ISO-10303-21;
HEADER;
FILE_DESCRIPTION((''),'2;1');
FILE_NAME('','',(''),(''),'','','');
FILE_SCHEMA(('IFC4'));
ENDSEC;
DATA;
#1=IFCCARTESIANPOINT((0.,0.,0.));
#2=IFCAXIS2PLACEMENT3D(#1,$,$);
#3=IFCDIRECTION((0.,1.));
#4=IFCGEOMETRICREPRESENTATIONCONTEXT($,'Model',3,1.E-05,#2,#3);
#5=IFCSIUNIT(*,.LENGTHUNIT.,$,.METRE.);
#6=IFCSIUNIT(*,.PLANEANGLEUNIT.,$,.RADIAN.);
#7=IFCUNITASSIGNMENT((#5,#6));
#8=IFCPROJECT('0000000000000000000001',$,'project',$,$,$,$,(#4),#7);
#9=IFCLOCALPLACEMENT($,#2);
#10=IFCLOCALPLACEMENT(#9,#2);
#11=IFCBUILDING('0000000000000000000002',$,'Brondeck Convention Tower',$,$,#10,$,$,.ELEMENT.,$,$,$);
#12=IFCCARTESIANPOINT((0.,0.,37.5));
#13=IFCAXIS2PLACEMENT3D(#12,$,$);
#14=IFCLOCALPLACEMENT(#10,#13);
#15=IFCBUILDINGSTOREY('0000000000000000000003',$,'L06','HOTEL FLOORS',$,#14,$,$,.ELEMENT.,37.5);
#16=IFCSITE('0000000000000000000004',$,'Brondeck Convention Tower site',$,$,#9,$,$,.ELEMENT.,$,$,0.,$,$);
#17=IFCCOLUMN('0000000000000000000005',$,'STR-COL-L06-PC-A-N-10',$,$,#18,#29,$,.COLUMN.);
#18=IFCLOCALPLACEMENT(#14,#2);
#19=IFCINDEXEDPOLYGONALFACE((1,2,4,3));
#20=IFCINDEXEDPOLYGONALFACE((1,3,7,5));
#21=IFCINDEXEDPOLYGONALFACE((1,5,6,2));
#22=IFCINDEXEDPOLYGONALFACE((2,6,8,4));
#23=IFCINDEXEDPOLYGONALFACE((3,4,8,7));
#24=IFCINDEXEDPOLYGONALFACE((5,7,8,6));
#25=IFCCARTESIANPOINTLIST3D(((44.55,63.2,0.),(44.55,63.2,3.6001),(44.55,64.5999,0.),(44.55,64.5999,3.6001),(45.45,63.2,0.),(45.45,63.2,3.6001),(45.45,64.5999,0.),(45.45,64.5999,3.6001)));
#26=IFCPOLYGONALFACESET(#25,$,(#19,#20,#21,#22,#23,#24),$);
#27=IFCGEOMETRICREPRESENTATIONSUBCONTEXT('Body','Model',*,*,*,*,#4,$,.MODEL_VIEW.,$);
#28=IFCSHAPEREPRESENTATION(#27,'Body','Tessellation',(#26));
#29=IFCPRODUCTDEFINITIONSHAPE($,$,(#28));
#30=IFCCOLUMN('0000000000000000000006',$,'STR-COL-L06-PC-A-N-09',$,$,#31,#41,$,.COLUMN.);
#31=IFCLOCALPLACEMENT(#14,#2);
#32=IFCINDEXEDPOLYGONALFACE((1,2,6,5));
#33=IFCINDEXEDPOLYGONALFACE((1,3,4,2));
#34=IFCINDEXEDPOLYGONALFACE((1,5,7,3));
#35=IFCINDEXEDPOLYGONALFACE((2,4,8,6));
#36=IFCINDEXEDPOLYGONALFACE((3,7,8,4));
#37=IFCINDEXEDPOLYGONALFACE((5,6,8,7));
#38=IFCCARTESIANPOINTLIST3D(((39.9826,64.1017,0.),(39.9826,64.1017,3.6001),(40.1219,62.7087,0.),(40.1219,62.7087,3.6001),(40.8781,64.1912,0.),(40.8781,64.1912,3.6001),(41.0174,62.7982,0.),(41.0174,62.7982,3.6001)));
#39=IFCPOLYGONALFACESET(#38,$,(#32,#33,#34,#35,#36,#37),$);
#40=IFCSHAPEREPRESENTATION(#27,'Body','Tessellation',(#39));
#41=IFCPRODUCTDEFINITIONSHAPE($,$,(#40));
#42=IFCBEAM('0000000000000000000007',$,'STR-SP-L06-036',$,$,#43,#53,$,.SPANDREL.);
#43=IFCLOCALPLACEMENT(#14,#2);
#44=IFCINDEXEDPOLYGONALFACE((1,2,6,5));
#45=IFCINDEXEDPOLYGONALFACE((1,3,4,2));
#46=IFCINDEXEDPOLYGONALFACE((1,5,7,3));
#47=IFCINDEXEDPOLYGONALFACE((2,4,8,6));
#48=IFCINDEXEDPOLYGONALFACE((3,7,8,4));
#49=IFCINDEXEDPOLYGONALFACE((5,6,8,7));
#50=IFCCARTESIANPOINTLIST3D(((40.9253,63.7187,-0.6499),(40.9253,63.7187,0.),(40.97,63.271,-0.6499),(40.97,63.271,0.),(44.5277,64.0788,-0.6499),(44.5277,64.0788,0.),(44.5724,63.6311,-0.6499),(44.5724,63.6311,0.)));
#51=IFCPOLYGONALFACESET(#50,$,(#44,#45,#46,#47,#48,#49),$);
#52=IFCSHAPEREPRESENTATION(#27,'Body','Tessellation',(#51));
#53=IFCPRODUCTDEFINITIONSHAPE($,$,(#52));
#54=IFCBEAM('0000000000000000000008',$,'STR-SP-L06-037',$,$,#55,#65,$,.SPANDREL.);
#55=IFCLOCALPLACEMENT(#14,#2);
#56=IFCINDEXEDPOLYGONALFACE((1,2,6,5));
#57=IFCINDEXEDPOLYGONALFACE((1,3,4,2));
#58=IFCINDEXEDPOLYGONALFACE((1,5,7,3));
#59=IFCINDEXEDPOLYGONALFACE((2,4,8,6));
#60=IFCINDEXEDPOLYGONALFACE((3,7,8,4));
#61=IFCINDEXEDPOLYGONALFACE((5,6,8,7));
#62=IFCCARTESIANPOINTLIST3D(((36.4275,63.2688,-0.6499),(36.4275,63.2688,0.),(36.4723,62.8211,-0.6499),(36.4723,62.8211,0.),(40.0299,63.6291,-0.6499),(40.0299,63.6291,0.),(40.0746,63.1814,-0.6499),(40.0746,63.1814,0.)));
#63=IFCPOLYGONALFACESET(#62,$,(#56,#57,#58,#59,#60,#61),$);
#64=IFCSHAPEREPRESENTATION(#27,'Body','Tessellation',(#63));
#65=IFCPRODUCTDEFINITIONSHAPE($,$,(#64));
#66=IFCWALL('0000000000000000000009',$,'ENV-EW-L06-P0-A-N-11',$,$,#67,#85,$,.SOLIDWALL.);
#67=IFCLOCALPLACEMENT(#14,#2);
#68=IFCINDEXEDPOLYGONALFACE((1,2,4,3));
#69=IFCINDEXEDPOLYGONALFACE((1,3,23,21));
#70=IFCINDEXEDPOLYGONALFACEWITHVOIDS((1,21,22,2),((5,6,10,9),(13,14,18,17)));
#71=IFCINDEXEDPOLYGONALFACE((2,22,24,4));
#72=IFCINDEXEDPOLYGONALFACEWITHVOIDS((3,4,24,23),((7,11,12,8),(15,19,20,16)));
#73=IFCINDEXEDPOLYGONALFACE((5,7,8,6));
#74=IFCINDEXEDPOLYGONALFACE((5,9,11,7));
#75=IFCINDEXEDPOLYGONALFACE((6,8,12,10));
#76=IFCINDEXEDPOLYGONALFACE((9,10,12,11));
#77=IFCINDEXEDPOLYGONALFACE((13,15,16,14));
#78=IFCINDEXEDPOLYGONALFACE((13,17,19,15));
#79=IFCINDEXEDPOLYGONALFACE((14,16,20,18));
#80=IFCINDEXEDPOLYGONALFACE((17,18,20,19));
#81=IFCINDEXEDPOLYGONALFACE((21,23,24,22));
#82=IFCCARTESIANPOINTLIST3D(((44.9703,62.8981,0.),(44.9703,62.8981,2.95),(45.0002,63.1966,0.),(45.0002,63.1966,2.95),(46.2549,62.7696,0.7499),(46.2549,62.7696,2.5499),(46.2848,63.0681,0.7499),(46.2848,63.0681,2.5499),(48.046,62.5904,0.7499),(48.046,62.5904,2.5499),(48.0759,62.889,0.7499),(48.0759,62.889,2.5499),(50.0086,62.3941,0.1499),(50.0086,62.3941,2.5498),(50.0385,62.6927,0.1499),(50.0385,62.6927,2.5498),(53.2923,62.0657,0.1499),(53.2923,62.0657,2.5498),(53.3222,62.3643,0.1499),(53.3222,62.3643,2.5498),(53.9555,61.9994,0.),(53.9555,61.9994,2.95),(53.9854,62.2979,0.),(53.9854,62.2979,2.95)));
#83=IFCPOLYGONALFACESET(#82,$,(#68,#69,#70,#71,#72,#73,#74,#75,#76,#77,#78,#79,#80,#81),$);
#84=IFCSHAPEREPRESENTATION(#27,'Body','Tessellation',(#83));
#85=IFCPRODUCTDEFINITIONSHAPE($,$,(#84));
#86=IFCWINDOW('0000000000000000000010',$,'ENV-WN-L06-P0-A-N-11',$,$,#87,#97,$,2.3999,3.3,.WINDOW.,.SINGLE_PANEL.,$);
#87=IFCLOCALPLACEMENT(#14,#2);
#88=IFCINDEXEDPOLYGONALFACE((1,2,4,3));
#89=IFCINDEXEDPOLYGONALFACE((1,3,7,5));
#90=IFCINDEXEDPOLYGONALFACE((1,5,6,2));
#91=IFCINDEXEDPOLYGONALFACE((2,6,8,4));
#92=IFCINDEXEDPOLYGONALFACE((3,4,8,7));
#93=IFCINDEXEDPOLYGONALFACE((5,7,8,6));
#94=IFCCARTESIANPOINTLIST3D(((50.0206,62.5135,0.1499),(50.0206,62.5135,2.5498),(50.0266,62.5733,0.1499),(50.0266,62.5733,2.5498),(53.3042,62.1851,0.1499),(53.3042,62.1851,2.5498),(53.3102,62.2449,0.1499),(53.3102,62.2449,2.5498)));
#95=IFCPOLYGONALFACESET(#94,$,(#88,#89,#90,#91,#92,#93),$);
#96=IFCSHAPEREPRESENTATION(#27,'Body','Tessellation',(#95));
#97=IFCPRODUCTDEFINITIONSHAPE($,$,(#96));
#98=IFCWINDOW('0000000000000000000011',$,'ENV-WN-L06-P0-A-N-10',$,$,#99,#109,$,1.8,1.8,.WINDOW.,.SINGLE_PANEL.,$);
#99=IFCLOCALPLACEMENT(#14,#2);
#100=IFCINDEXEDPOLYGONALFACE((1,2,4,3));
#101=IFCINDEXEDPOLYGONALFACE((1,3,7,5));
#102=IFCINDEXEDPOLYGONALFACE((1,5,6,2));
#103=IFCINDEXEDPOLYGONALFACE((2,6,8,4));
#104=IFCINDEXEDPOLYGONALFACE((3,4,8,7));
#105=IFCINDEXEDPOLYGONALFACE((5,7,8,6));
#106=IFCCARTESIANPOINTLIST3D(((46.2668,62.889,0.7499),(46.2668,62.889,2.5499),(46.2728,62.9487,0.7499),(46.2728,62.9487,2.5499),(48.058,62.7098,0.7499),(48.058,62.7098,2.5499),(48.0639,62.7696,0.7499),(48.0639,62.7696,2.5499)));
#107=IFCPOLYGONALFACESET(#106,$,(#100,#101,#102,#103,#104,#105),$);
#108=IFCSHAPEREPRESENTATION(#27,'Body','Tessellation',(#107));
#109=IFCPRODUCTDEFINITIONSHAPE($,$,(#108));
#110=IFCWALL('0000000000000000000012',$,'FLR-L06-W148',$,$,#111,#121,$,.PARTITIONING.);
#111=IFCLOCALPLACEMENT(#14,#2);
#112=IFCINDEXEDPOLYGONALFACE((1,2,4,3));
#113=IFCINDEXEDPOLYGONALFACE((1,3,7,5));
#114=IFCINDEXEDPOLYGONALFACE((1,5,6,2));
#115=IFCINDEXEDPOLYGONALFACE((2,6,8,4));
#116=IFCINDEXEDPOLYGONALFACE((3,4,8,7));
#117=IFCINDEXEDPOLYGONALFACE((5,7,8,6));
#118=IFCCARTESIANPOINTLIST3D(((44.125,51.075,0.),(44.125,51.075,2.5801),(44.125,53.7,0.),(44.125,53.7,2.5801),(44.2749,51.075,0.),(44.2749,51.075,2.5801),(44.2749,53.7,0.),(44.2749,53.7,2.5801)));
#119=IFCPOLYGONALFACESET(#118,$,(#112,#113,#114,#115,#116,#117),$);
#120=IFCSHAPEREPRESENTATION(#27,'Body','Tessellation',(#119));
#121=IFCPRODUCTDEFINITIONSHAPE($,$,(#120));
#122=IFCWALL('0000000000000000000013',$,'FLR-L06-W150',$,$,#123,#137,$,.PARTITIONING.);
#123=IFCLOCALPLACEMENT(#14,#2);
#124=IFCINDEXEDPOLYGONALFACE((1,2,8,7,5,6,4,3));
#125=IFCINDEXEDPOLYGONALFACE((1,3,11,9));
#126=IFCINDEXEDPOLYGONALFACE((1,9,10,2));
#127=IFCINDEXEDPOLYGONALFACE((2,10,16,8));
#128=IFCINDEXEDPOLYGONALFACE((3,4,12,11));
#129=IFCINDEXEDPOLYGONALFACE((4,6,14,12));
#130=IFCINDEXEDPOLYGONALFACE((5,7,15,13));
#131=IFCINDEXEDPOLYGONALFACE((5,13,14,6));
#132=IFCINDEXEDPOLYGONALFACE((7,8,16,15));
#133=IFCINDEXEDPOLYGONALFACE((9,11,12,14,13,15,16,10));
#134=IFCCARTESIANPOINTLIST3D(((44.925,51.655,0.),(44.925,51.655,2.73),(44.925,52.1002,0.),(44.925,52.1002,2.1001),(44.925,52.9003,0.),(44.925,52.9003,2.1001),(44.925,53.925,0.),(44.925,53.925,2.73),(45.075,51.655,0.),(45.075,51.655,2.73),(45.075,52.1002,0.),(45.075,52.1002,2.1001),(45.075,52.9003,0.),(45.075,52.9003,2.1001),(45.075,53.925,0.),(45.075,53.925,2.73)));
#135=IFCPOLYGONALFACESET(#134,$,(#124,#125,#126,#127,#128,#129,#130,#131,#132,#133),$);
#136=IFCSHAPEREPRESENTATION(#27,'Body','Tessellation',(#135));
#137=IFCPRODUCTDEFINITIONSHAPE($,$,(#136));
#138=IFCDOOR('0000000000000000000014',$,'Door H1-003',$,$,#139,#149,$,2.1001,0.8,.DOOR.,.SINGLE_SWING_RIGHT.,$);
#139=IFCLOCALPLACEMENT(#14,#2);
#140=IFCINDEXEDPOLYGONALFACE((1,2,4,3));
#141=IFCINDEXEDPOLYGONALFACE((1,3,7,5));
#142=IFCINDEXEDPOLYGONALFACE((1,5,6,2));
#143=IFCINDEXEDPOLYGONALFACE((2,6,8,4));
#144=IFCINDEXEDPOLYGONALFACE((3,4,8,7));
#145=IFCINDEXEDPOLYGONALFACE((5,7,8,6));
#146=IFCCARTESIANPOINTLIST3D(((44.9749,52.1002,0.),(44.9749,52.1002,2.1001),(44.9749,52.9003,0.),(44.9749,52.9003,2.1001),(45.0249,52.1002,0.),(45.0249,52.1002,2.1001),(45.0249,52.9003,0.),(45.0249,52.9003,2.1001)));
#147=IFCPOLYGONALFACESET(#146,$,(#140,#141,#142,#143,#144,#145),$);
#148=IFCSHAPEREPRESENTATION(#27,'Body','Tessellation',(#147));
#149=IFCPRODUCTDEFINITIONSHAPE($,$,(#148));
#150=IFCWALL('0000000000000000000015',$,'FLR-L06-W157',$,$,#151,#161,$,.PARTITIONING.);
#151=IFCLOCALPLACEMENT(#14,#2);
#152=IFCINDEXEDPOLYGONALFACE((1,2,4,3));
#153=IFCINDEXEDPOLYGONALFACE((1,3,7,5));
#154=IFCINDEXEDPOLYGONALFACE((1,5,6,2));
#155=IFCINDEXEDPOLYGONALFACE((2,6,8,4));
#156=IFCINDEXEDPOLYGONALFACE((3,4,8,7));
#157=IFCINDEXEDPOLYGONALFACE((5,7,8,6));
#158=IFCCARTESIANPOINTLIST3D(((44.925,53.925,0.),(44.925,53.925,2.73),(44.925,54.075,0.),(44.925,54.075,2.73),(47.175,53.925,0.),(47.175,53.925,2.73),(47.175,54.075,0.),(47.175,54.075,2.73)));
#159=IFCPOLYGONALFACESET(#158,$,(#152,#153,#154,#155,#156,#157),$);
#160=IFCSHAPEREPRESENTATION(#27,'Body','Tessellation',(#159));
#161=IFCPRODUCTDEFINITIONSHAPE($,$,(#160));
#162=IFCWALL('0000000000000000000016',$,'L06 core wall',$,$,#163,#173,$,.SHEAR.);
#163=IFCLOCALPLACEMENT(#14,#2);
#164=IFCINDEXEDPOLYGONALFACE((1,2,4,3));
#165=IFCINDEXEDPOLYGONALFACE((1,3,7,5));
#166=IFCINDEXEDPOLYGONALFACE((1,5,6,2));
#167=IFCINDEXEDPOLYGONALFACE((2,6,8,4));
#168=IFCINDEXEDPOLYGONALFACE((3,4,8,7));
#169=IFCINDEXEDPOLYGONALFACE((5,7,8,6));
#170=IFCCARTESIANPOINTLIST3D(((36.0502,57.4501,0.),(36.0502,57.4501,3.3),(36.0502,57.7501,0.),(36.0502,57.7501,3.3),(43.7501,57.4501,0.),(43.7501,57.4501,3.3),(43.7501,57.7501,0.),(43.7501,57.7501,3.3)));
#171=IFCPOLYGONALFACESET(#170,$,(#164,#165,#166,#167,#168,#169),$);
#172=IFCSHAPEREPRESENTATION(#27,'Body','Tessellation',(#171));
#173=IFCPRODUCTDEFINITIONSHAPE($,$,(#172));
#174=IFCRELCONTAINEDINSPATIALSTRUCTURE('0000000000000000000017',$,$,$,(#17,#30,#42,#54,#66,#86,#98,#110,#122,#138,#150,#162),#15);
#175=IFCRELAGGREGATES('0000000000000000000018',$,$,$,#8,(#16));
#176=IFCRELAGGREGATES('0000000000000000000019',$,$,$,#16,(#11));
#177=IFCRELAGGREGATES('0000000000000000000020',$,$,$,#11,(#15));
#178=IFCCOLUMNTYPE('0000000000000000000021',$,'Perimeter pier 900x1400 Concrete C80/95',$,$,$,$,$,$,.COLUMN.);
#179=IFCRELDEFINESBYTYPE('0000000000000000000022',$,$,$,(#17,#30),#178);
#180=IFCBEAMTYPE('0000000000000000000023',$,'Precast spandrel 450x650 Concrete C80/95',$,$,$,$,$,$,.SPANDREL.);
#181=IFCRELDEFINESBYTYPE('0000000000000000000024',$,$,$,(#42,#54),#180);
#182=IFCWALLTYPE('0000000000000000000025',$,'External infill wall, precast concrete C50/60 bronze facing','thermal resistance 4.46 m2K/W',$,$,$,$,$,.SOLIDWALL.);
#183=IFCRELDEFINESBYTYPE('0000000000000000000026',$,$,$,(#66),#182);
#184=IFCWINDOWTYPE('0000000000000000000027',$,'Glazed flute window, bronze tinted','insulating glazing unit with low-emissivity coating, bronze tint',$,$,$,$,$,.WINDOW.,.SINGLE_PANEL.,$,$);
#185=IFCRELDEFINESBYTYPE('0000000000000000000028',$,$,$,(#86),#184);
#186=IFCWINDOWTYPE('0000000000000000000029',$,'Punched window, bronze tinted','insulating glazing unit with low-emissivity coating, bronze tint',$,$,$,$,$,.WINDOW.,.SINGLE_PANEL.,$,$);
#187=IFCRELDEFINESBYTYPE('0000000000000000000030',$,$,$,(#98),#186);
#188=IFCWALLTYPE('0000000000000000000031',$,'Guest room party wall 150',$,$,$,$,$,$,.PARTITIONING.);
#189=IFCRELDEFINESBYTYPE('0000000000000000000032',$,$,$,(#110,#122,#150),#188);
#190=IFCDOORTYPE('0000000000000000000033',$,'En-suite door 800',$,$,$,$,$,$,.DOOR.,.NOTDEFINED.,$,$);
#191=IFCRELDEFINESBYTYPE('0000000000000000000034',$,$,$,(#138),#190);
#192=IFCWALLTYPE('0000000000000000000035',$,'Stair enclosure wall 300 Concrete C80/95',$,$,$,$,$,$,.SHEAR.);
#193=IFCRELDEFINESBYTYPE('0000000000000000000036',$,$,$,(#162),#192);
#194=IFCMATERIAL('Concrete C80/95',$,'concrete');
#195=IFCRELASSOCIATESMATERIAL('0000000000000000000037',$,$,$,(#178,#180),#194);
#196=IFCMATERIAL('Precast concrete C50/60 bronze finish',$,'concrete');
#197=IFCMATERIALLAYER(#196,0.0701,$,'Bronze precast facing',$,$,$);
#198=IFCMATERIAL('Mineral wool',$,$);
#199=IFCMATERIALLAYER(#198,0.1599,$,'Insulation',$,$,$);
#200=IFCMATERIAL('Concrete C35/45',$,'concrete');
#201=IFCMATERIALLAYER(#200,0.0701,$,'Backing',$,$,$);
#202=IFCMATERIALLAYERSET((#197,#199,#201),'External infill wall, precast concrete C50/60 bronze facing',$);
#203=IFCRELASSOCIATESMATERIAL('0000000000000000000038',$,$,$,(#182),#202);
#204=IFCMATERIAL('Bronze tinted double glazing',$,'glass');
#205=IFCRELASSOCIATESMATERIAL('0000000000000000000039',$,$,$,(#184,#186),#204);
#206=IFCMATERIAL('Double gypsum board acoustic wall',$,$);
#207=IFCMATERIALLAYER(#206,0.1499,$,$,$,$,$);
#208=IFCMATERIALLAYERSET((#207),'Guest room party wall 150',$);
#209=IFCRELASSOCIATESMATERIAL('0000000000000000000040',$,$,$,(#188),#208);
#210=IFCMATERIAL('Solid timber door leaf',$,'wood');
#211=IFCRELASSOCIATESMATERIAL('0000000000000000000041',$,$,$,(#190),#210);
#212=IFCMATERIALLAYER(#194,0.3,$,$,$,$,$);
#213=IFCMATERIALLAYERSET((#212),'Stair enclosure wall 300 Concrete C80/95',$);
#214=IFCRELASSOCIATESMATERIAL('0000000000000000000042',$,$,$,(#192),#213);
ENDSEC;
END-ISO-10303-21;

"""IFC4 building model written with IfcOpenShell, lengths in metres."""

from ifc_helpers import new_model, si_unit, direction, frame, frame_2d, origin, origin_2d, place, context, subcontext, project, spatial, rectangle, extrude, material, layer, layer_set, material_profile, profile_set, type_object, element, fill, save


model = new_model("IFC4")

# Units and contexts
model_context = context("Model", 3, precision=1e-05, world=origin(), true_north=direction((0.0, 1.0)))
body_context = subcontext(model_context, "Body", "Model", "MODEL_VIEW")
ifc_project = project(units=[si_unit("LENGTHUNIT", "METRE"), si_unit("PLANEANGLEUNIT", "RADIAN")], contexts=[model_context])

# Site, building, storey
site_placement = place(None, origin())
site = spatial("IfcSite", under=ifc_project, at=site_placement, Name="Brondeck Convention Tower site", CompositionType="ELEMENT", RefElevation=0.0)
building_placement = place(site_placement, origin())
building = spatial("IfcBuilding", under=site, at=building_placement, Name="Brondeck Convention Tower", CompositionType="ELEMENT")
storey_placement = place(building_placement, frame((0.0, 0.0, 37.5)))
storey = spatial("IfcBuildingStorey", under=building, at=storey_placement, Name="L06", Description="HOTEL FLOORS", CompositionType="ELEMENT", Elevation=37.5)

# Columns
ifc_material_1 = material(Name="Concrete C80/95", Category="concrete")
ifc_material_profile_1 = material_profile(ifc_material_1, rectangle(XDim=0.8999, YDim=1.3999, at=origin_2d()), Name="Perimeter pier 900x1400 Concrete C80/95")
ifc_profile_set_1 = profile_set([ifc_material_profile_1], Name="Concrete C80/95")
column_type = type_object("IfcColumnType", Name="Perimeter pier 900x1400 Concrete C80/95", PredefinedType="COLUMN", material=ifc_profile_set_1)
for number, where, z_axis, x_axis, name in (
    (1, (45.0, 63.8999, 0.0), (0.0, 0.0, 1.0), (-1.0, 0.0, 0.0), "STR-COL-L06-PC-A-N-10"),
    (2, (40.5, 63.45, 0.0), (0.0, 0.0, 1.0), (-0.995037, -0.099504, 0.0), "STR-COL-L06-PC-A-N-09"),
):
    element("IfcColumn", number, at=place(storey_placement, frame(where, z_axis=z_axis, x_axis=x_axis)), inside=storey, type_object=column_type, Name=name, PredefinedType="COLUMN", context=body_context, shape_type="SweptSolid", body=[
        extrude(rectangle(XDim=0.8999, YDim=1.3999, at=origin_2d()), origin(), (0.0, 0.0, 1.0), 3.6001),
    ])

# Beams
ifc_material_profile_2 = material_profile(ifc_material_1, rectangle(XDim=0.45, YDim=0.6499, at=origin_2d()), Name="Precast spandrel 450x650 Concrete C80/95")
ifc_profile_set_2 = profile_set([ifc_material_profile_2], Name="Concrete C80/95")
beam_type = type_object("IfcBeamType", Name="Precast spandrel 450x650 Concrete C80/95", PredefinedType="SPANDREL", material=ifc_profile_set_2)
for number, where, z_axis, x_axis, name in (
    (3, (44.55, 63.855, -0.325), (-0.995041, -0.09947, 0.0), (0.09947, -0.995041, 0.0), "STR-SP-L06-036"),
    (4, (40.0522, 63.4053, -0.325), (-0.995034, -0.099537, 0.0), (0.099537, -0.995034, 0.0), "STR-SP-L06-037"),
):
    element("IfcBeam", number, at=place(storey_placement, frame(where, z_axis=z_axis, x_axis=x_axis)), inside=storey, type_object=beam_type, Name=name, PredefinedType="SPANDREL", context=body_context, shape_type="SweptSolid", body=[
        extrude(rectangle(XDim=0.45, YDim=0.6499, at=origin_2d()), origin(), (0.0, 0.0, 1.0), 3.6204),
    ])

# Wall, openings, windows
ifc_material_2 = material(Name="Precast concrete C50/60 bronze finish", Category="concrete")
ifc_layer_1 = layer(ifc_material_2, 0.0701, Name="Bronze precast facing")
ifc_material_3 = material(Name="Mineral wool")
ifc_layer_2 = layer(ifc_material_3, 0.1599, Name="Insulation")
ifc_material_4 = material(Name="Concrete C35/45", Category="concrete")
ifc_layer_3 = layer(ifc_material_4, 0.0701, Name="Backing")
ifc_layer_set_1 = layer_set([ifc_layer_1, ifc_layer_2, ifc_layer_3], Name="External infill wall, precast concrete C50/60 bronze facing")
wall_type_1 = type_object("IfcWallType", Name="External infill wall, precast concrete C50/60 bronze facing", Description="thermal resistance 4.46 m2K/W", PredefinedType="SOLIDWALL", material=ifc_layer_set_1)
wall_1_placement = place(storey_placement, frame((44.9851, 63.0474, 0.0), z_axis=(0.0, 0.0, 1.0), x_axis=(0.995035, -0.099522, 0.0)))
wall_1 = element("IfcWall", 5, at=wall_1_placement, inside=storey, type_object=wall_type_1, Name="ENV-EW-L06-P0-A-N-11", PredefinedType="SOLIDWALL", context=body_context, shape_type="SweptSolid", body=[
    extrude(rectangle(XDim=9.03, YDim=0.3, at=frame_2d((4.5151, 0.0))), origin(), (0.0, 0.0, 1.0), 2.95),
])
opening_1_placement = place(wall_1_placement, frame((1.2913, 0.0, 0.75)))
opening_1 = element("IfcOpeningElement", 6, at=opening_1_placement, cuts=wall_1, PredefinedType="OPENING", context=body_context, shape_type="SweptSolid", body=[
    extrude(rectangle(XDim=1.8, YDim=1.8, at=frame_2d((0.8999, 0.8999))), frame((0.0, 0.1599, 0.0), z_axis=(0.0, -1.0, 0.0), x_axis=(1.0, 0.0, 0.0)), (0.0, 0.0, 1.0), 0.3201),
])
opening_2_placement = place(wall_1_placement, frame((5.0637, 0.0, 0.1499)))
opening_2 = element("IfcOpeningElement", 7, at=opening_2_placement, cuts=wall_1, PredefinedType="OPENING", context=body_context, shape_type="SweptSolid", body=[
    extrude(rectangle(XDim=3.3, YDim=2.3999, at=frame_2d((1.6499, 1.2))), frame((0.0, 0.1599, 0.0), z_axis=(0.0, -1.0, 0.0), x_axis=(1.0, 0.0, 0.0)), (0.0, 0.0, 1.0), 0.3201),
])
ifc_material_5 = material(Name="Bronze tinted double glazing", Category="glass")
window_type_1 = type_object("IfcWindowType", Name="Glazed flute window, bronze tinted", Description="insulating glazing unit with low-emissivity coating, bronze tint", PartitioningType="SINGLE_PANEL", PredefinedType="WINDOW", material=ifc_material_5)
window_1_placement = place(opening_2_placement, origin())
window_1 = element("IfcWindow", 8, at=window_1_placement, inside=storey, type_object=window_type_1, Name="ENV-WN-L06-P0-A-N-11", OverallHeight=2.3999, OverallWidth=3.3, PartitioningType="SINGLE_PANEL", PredefinedType="WINDOW", context=body_context, shape_type="SweptSolid", body=[
    extrude(rectangle(XDim=3.3, YDim=2.3999, at=frame_2d((1.6499, 1.2))), frame((0.0, 0.03, 0.0), z_axis=(0.0, -1.0, 0.0), x_axis=(1.0, 0.0, 0.0)), (0.0, 0.0, 1.0), 0.0601),
])
fill(opening_2, window_1)
window_type_2 = type_object("IfcWindowType", Name="Punched window, bronze tinted", Description="insulating glazing unit with low-emissivity coating, bronze tint", PartitioningType="SINGLE_PANEL", PredefinedType="WINDOW", material=ifc_material_5)
window_2_placement = place(opening_1_placement, origin())
window_2 = element("IfcWindow", 9, at=window_2_placement, inside=storey, type_object=window_type_2, Name="ENV-WN-L06-P0-A-N-10", OverallHeight=1.8, OverallWidth=1.8, PartitioningType="SINGLE_PANEL", PredefinedType="WINDOW", context=body_context, shape_type="SweptSolid", body=[
    extrude(rectangle(XDim=1.8, YDim=1.8, at=frame_2d((0.8999, 0.8999))), frame((0.0, 0.03, 0.0), z_axis=(0.0, -1.0, 0.0), x_axis=(1.0, 0.0, 0.0)), (0.0, 0.0, 1.0), 0.0601),
])
fill(opening_1, window_2)

# Wall
ifc_material_6 = material(Name="Double gypsum board acoustic wall")
ifc_layer_4 = layer(ifc_material_6, 0.1499)
ifc_layer_set_2 = layer_set([ifc_layer_4], Name="Guest room party wall 150")
wall_type_2 = type_object("IfcWallType", Name="Guest room party wall 150", PredefinedType="PARTITIONING", material=ifc_layer_set_2)
wall_2_placement = place(storey_placement, frame((44.2, 53.7, 0.0), z_axis=(0.0, 0.0, 1.0), x_axis=(0.0, -1.0, 0.0)))
element("IfcWall", 10, at=wall_2_placement, inside=storey, type_object=wall_type_2, Name="FLR-L06-W148", PredefinedType="PARTITIONING", context=body_context, shape_type="SweptSolid", body=[
    extrude(rectangle(XDim=2.625, YDim=0.1499, at=frame_2d((1.3125, 0.0))), origin(), (0.0, 0.0, 1.0), 2.5801),
])

# Wall, opening, door
wall_3_placement = place(storey_placement, frame((45.0, 53.925, 0.0), z_axis=(0.0, 0.0, 1.0), x_axis=(0.0, -1.0, 0.0)))
wall_3 = element("IfcWall", 11, at=wall_3_placement, inside=storey, type_object=wall_type_2, Name="FLR-L06-W150", PredefinedType="PARTITIONING", context=body_context, shape_type="SweptSolid", body=[
    extrude(rectangle(XDim=2.27, YDim=0.1499, at=frame_2d((1.135, 0.0))), origin(), (0.0, 0.0, 1.0), 2.73),
])
opening_3_placement = place(wall_3_placement, frame((1.0249, 0.0, 0.0)))
opening_3 = element("IfcOpeningElement", 12, at=opening_3_placement, cuts=wall_3, PredefinedType="OPENING", context=body_context, shape_type="SweptSolid", body=[
    extrude(rectangle(XDim=0.8, YDim=2.1001, at=frame_2d((0.3999, 1.05))), frame((0.0, 0.085, 0.0), z_axis=(0.0, -1.0, 0.0), x_axis=(1.0, 0.0, 0.0)), (0.0, 0.0, 1.0), 0.1699),
])
ifc_material_7 = material(Name="Solid timber door leaf", Category="wood")
door_type = type_object("IfcDoorType", Name="En-suite door 800", OperationType="NOTDEFINED", PredefinedType="DOOR", material=ifc_material_7)
door_placement = place(opening_3_placement, origin())
door = element("IfcDoor", 13, at=door_placement, inside=storey, type_object=door_type, Name="Door H1-003", OperationType="SINGLE_SWING_RIGHT", OverallHeight=2.1001, OverallWidth=0.8, PredefinedType="DOOR", context=body_context, shape_type="SweptSolid", body=[
    extrude(rectangle(XDim=0.8, YDim=2.1001, at=frame_2d((0.3999, 1.05))), frame((0.0, 0.0249, 0.0), z_axis=(0.0, -1.0, 0.0), x_axis=(1.0, 0.0, 0.0)), (0.0, 0.0, 1.0), 0.05),
])
fill(opening_3, door)

# Walls
wall_4_placement = place(storey_placement, frame((47.175, 54.0, 0.0), z_axis=(0.0, 0.0, 1.0), x_axis=(-1.0, 0.0, 0.0)))
element("IfcWall", 14, at=wall_4_placement, inside=storey, type_object=wall_type_2, Name="FLR-L06-W157", PredefinedType="PARTITIONING", context=body_context, shape_type="SweptSolid", body=[
    extrude(rectangle(XDim=2.25, YDim=0.1499, at=frame_2d((1.125, 0.0))), origin(), (0.0, 0.0, 1.0), 2.73),
])
ifc_layer_5 = layer(ifc_material_1, 0.3)
ifc_layer_set_3 = layer_set([ifc_layer_5], Name="Stair enclosure wall 300 Concrete C80/95")
wall_type_3 = type_object("IfcWallType", Name="Stair enclosure wall 300 Concrete C80/95", PredefinedType="SHEAR", material=ifc_layer_set_3)
wall_5_placement = place(storey_placement, frame((36.05, 57.6001, 0.0), z_axis=(0.0, 0.0, 1.0), x_axis=(1.0, 0.0, 0.0)))
element("IfcWall", 15, at=wall_5_placement, inside=storey, type_object=wall_type_3, Name="L06 core wall", PredefinedType="SHEAR", context=body_context, shape_type="SweptSolid", body=[
    extrude(rectangle(XDim=7.7, YDim=0.3, at=frame_2d((3.8501, 0.0))), origin(), (0.0, 0.0, 1.0), 3.3),
])

save(model, "model.ifc")
